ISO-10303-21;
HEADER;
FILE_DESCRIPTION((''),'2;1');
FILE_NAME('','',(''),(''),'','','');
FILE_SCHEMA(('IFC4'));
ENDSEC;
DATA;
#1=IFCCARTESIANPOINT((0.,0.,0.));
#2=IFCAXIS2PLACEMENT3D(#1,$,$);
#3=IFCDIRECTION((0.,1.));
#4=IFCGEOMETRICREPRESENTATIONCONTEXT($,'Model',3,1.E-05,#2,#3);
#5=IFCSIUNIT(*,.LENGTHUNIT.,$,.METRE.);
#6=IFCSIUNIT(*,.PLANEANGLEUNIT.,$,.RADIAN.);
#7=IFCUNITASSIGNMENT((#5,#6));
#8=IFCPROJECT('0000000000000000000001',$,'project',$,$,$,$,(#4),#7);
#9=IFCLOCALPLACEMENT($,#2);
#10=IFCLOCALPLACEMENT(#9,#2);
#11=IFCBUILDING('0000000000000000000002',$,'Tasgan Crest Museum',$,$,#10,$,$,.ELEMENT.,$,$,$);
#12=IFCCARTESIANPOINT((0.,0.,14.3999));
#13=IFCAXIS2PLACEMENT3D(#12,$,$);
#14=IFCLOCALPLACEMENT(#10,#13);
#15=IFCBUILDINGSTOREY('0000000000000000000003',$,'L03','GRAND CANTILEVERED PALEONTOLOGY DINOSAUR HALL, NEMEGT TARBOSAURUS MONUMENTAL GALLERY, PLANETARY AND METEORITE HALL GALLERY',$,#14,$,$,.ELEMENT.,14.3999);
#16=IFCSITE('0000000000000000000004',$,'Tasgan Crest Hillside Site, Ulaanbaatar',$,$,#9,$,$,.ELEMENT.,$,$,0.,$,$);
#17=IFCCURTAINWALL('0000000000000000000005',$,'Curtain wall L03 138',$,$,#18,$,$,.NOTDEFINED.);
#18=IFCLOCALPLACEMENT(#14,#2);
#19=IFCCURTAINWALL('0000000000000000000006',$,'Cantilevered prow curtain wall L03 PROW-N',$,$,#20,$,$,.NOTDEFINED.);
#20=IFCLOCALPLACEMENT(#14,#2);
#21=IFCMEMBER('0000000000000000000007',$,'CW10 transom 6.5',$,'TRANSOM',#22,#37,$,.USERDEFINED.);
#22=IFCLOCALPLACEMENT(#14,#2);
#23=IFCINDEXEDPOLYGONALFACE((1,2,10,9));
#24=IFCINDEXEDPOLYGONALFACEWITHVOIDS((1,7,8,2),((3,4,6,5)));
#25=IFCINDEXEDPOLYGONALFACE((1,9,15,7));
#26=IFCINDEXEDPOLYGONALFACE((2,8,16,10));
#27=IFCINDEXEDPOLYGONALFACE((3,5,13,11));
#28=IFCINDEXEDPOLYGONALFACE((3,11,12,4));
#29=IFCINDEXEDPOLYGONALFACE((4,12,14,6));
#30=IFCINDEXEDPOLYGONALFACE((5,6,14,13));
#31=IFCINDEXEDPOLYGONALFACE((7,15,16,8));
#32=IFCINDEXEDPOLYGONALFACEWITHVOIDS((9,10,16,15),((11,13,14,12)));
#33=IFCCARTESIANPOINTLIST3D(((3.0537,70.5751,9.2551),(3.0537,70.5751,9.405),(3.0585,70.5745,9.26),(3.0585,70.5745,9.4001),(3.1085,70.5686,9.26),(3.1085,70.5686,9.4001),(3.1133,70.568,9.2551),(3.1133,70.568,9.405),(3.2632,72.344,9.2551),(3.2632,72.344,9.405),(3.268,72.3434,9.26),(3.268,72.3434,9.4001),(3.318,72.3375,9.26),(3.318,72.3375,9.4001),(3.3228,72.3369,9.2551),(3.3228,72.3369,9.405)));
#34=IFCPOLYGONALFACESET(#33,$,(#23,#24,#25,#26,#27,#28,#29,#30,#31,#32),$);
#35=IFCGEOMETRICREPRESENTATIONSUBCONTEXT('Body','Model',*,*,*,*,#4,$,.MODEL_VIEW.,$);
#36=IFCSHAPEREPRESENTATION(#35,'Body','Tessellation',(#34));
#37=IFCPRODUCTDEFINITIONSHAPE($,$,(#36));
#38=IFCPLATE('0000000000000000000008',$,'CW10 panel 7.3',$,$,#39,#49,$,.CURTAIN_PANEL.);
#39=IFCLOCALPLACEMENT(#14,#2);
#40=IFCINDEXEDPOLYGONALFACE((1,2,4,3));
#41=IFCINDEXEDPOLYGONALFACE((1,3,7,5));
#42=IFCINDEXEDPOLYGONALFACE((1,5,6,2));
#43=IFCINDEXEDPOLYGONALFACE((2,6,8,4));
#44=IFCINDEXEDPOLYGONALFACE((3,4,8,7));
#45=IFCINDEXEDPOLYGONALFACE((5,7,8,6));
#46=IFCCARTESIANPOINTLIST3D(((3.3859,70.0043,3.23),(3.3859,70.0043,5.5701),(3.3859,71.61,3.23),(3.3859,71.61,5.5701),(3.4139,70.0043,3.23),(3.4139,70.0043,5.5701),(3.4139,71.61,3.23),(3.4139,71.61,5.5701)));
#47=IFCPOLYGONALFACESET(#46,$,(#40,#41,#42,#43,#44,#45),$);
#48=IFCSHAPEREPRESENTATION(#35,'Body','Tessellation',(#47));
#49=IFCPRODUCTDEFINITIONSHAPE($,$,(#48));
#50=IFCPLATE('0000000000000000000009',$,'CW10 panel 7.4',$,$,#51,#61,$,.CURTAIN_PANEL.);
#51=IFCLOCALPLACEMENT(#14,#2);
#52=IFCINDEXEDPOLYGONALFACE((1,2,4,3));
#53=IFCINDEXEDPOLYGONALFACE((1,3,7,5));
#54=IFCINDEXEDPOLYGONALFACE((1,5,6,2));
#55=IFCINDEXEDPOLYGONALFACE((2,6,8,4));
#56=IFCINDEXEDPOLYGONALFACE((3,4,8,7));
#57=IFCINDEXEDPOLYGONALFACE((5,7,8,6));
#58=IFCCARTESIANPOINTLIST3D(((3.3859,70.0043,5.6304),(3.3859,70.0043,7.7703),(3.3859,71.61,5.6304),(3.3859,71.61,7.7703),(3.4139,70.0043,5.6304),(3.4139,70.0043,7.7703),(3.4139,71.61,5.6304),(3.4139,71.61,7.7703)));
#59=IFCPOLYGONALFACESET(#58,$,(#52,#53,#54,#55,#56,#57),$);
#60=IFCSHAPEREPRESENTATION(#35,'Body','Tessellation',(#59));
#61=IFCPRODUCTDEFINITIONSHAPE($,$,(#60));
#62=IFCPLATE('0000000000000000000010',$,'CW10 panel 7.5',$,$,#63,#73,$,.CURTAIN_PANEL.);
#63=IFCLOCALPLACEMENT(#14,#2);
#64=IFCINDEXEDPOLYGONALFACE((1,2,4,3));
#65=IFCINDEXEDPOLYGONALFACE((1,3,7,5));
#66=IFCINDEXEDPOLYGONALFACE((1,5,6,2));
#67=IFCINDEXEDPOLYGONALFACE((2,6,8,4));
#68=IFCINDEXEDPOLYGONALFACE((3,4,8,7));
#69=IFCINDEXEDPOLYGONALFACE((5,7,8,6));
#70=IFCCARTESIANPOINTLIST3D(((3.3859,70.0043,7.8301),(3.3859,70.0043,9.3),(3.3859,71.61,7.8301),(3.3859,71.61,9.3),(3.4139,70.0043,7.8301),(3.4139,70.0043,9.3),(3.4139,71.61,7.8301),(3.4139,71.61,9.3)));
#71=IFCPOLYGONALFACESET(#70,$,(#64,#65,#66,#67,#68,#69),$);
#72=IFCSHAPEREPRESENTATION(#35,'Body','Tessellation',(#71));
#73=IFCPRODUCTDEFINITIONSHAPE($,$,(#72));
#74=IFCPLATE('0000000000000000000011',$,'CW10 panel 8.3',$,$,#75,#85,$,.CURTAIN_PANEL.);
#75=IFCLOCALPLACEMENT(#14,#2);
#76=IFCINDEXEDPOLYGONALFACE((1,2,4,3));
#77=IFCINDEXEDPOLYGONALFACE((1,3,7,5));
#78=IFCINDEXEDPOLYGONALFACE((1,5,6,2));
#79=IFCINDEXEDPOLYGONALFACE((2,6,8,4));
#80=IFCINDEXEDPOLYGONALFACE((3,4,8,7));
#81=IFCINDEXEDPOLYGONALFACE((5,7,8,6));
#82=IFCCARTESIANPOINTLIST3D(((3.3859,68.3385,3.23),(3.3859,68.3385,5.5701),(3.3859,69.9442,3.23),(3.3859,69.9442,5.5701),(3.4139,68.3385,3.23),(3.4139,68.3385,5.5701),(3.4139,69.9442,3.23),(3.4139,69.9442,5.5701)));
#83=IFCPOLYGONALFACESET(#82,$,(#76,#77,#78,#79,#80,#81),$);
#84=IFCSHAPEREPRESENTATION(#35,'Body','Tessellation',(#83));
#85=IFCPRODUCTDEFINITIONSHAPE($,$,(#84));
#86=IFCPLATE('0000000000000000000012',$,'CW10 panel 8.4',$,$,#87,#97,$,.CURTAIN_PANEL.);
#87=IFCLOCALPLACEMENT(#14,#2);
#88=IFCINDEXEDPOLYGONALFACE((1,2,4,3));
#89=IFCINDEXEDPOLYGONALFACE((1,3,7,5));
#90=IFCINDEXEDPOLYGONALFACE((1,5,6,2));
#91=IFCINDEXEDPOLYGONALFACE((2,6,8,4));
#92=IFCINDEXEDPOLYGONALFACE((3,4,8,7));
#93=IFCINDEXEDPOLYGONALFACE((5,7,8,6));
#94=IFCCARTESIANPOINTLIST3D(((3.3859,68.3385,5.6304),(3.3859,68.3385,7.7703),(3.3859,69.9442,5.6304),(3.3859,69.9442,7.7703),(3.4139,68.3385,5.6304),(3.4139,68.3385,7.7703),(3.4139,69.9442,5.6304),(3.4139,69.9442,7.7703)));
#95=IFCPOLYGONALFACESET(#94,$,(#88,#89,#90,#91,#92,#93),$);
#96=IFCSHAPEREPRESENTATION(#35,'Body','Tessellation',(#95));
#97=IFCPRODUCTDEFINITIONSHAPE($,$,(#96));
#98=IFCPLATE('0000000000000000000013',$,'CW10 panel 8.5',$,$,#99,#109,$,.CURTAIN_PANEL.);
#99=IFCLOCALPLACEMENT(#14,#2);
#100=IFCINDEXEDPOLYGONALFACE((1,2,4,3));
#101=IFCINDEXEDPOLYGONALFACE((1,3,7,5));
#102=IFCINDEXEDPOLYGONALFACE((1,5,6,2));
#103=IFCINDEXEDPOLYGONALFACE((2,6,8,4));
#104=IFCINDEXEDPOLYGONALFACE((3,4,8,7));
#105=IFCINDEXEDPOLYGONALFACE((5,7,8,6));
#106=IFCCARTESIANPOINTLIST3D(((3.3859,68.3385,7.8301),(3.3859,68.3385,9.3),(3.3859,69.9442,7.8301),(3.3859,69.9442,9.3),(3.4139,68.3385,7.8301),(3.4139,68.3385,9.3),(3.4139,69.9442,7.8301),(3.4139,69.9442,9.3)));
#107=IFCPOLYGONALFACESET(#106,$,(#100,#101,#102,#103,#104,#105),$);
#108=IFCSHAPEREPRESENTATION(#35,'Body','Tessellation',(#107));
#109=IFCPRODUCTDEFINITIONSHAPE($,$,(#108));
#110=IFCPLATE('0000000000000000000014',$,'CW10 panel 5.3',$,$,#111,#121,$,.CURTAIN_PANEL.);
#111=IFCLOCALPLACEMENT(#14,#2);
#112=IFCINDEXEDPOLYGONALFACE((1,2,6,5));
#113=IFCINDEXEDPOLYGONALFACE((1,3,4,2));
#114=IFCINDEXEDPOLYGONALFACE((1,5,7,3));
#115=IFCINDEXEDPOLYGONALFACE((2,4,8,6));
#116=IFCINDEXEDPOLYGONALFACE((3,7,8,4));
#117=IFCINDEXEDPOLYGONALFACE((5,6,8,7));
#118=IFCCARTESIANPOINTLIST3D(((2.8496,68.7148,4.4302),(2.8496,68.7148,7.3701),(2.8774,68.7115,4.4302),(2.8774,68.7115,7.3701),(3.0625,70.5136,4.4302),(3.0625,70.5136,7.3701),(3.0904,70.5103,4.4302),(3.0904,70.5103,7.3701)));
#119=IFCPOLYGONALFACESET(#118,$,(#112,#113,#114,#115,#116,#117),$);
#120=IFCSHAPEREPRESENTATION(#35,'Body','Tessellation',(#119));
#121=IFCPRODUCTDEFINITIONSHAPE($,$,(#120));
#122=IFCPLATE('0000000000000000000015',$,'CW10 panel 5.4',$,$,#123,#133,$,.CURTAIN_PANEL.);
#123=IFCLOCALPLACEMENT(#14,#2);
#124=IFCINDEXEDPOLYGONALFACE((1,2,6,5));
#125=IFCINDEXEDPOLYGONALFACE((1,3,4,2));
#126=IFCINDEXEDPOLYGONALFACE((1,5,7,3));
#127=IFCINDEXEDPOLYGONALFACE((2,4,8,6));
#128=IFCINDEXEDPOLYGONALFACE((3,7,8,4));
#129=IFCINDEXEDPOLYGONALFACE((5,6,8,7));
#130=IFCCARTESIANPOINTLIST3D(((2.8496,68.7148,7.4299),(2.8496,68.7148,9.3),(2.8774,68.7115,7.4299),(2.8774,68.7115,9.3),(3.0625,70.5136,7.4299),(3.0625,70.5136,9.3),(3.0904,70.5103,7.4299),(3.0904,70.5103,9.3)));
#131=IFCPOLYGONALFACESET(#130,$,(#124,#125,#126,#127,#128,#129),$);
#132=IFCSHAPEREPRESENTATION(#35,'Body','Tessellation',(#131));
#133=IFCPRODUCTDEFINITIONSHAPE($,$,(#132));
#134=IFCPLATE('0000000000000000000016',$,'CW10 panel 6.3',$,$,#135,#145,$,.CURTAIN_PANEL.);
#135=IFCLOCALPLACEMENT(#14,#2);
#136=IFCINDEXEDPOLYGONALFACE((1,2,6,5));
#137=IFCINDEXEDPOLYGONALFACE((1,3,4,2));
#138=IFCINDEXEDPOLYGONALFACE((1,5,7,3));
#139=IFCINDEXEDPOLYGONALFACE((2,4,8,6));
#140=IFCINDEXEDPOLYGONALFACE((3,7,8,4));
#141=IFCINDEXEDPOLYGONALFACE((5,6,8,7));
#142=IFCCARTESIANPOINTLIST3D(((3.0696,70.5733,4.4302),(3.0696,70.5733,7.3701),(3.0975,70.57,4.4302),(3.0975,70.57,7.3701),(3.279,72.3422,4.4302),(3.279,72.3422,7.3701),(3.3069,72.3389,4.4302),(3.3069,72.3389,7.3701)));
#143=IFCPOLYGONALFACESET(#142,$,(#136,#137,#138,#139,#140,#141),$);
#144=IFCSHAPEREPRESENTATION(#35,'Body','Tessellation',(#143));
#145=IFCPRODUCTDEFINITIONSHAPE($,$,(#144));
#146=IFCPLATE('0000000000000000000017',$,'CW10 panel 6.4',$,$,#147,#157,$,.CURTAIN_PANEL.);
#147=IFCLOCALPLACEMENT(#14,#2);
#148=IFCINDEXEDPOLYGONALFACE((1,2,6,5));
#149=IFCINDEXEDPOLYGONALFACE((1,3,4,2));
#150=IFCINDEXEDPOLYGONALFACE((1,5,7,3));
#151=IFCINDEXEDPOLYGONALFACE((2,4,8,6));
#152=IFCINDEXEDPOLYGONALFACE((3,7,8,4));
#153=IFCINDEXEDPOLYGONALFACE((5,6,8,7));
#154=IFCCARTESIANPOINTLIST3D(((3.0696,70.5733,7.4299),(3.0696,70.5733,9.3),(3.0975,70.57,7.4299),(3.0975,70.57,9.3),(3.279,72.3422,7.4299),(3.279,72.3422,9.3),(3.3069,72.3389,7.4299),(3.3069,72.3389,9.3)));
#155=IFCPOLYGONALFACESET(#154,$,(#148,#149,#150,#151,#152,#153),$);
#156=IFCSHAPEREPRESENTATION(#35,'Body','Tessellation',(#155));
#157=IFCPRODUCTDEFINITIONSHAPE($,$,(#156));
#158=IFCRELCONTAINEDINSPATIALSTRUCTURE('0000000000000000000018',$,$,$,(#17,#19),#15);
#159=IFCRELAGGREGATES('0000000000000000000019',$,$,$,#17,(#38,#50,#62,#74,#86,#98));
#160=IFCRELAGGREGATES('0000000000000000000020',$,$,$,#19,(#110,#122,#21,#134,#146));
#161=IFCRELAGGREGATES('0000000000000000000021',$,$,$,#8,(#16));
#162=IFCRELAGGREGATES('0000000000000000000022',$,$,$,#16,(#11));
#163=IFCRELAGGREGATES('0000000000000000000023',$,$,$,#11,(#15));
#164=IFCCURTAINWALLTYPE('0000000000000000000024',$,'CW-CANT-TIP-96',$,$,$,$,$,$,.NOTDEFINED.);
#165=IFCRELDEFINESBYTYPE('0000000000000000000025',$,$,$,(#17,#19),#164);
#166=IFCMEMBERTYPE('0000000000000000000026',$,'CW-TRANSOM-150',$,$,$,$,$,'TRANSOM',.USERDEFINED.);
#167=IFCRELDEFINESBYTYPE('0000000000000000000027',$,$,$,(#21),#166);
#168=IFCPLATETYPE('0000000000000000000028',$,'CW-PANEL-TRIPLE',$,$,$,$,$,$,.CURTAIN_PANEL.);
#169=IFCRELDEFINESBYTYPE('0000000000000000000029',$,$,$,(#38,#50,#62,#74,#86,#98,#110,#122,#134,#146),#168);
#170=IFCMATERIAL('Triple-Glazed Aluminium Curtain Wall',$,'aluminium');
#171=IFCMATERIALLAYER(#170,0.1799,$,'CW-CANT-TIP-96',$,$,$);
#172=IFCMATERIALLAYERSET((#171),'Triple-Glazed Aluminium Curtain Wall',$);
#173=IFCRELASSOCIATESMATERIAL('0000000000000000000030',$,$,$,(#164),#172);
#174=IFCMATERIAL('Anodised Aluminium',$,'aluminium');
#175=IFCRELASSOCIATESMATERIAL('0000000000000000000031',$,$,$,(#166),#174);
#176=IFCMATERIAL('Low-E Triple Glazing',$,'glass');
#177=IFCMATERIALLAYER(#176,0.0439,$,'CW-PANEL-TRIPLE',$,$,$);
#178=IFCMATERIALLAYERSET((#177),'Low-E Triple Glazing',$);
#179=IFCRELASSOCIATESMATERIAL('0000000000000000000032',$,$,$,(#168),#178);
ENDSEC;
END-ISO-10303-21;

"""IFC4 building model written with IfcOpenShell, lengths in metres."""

from ifc_helpers import new_model, si_unit, direction, frame, origin, origin_2d, place, context, subcontext, project, spatial, rectangle, hollow_rectangle, extrude, material, layer, layer_set, material_profile, profile_set, type_object, element, aggregate, save


model = new_model("IFC4")

# Units and contexts
model_context = context("Model", 3, precision=1e-05, world=origin(), true_north=direction((0.0, 1.0)))
body_context = subcontext(model_context, "Body", "Model", "MODEL_VIEW")
ifc_project = project(units=[si_unit("LENGTHUNIT", "METRE"), si_unit("PLANEANGLEUNIT", "RADIAN")], contexts=[model_context])

# Site, building, storey
site_placement = place(None, origin())
site = spatial("IfcSite", under=ifc_project, at=site_placement, Name="Tasgan Crest Hillside Site, Ulaanbaatar", CompositionType="ELEMENT", RefElevation=0.0)
building_placement = place(site_placement, origin())
building = spatial("IfcBuilding", under=site, at=building_placement, Name="Tasgan Crest Museum", CompositionType="ELEMENT")
storey_placement = place(building_placement, frame((0.0, 0.0, 14.3999)))
storey = spatial("IfcBuildingStorey", under=building, at=storey_placement, Name="L03", Description="GRAND CANTILEVERED PALEONTOLOGY DINOSAUR HALL, NEMEGT TARBOSAURUS MONUMENTAL GALLERY, PLANETARY AND METEORITE HALL GALLERY", CompositionType="ELEMENT", Elevation=14.3999)

# Curtain walls, member
ifc_material_1 = material(Name="Triple-Glazed Aluminium Curtain Wall", Category="aluminium")
ifc_layer_1 = layer(ifc_material_1, 0.1799, Name="CW-CANT-TIP-96")
ifc_layer_set_1 = layer_set([ifc_layer_1], Name="Triple-Glazed Aluminium Curtain Wall")
curtain_wall_type = type_object("IfcCurtainWallType", Name="CW-CANT-TIP-96", PredefinedType="NOTDEFINED", material=ifc_layer_set_1)
curtain_wall_1_placement = place(storey_placement, origin())
curtain_wall_1 = element("IfcCurtainWall", 1, at=curtain_wall_1_placement, inside=storey, type_object=curtain_wall_type, Name="Curtain wall L03 138", PredefinedType="NOTDEFINED")
ifc_material_2 = material(Name="Anodised Aluminium", Category="aluminium")
ifc_material_profile = material_profile(ifc_material_2, hollow_rectangle(XDim=0.0601, YDim=0.1499, WallThickness=0.0049, at=origin_2d()), Name="ALU TRANSOM 150x60x5")
ifc_profile_set = profile_set([ifc_material_profile], Name="Anodised Aluminium")
member_type = type_object("IfcMemberType", Name="CW-TRANSOM-150", ElementType="TRANSOM", PredefinedType="USERDEFINED", material=ifc_profile_set)
curtain_wall_2_placement = place(storey_placement, origin())
curtain_wall_2 = element("IfcCurtainWall", 2, at=curtain_wall_2_placement, inside=storey, type_object=curtain_wall_type, Name="Cantilevered prow curtain wall L03 PROW-N", PredefinedType="NOTDEFINED")
member_1_placement = place(storey_placement, frame((3.0835, 70.5715, 9.3301), z_axis=(0.117605, 0.99306, 0.0), x_axis=(-0.99306, 0.117605, 0.0)))
member_1 = element("IfcMember", 3, at=member_1_placement, type_object=member_type, Name="CW10 transom 6.5", ObjectType="TRANSOM", PredefinedType="USERDEFINED", context=body_context, shape_type="SweptSolid", body=[
    extrude(hollow_rectangle(XDim=0.0601, YDim=0.1499, WallThickness=0.0049, at=origin_2d()), origin(), (0.0, 0.0, 1.0), 1.7812),
])

# Plates
ifc_material_3 = material(Name="Low-E Triple Glazing", Category="glass")
ifc_layer_2 = layer(ifc_material_3, 0.0439, Name="CW-PANEL-TRIPLE")
ifc_layer_set_2 = layer_set([ifc_layer_2], Name="Low-E Triple Glazing")
plate_type = type_object("IfcPlateType", Name="CW-PANEL-TRIPLE", PredefinedType="CURTAIN_PANEL", material=ifc_layer_set_2)
plate_1_placement = place(storey_placement, frame((3.3999, 70.8071, 3.23), z_axis=(0.0, 0.0, 1.0), x_axis=(0.0, -1.0, 0.0)))
plate_1 = element("IfcPlate", 4, at=plate_1_placement, type_object=plate_type, Name="CW10 panel 7.3", PredefinedType="CURTAIN_PANEL", context=body_context, shape_type="SweptSolid", body=[
    extrude(rectangle(XDim=1.6057, YDim=0.0281, at=origin_2d()), origin(), (0.0, 0.0, 1.0), 2.3401),
])
plate_2_placement = place(storey_placement, frame((3.3999, 70.8071, 5.6304), z_axis=(0.0, 0.0, 1.0), x_axis=(0.0, -1.0, 0.0)))
plate_2 = element("IfcPlate", 5, at=plate_2_placement, type_object=plate_type, Name="CW10 panel 7.4", PredefinedType="CURTAIN_PANEL", context=body_context, shape_type="SweptSolid", body=[
    extrude(rectangle(XDim=1.6057, YDim=0.0281, at=origin_2d()), origin(), (0.0, 0.0, 1.0), 2.1399),
])
plate_3_placement = place(storey_placement, frame((3.3999, 70.8071, 7.8301), z_axis=(0.0, 0.0, 1.0), x_axis=(0.0, -1.0, 0.0)))
plate_3 = element("IfcPlate", 6, at=plate_3_placement, type_object=plate_type, Name="CW10 panel 7.5", PredefinedType="CURTAIN_PANEL", context=body_context, shape_type="SweptSolid", body=[
    extrude(rectangle(XDim=1.6057, YDim=0.0281, at=origin_2d()), origin(), (0.0, 0.0, 1.0), 1.47),
])
plate_4_placement = place(storey_placement, frame((3.3999, 69.1414, 3.23), z_axis=(0.0, 0.0, 1.0), x_axis=(0.0, -1.0, 0.0)))
plate_4 = element("IfcPlate", 7, at=plate_4_placement, type_object=plate_type, Name="CW10 panel 8.3", PredefinedType="CURTAIN_PANEL", context=body_context, shape_type="SweptSolid", body=[
    extrude(rectangle(XDim=1.6057, YDim=0.0281, at=origin_2d()), origin(), (0.0, 0.0, 1.0), 2.3401),
])
plate_5_placement = place(storey_placement, frame((3.3999, 69.1414, 5.6304), z_axis=(0.0, 0.0, 1.0), x_axis=(0.0, -1.0, 0.0)))
plate_5 = element("IfcPlate", 8, at=plate_5_placement, type_object=plate_type, Name="CW10 panel 8.4", PredefinedType="CURTAIN_PANEL", context=body_context, shape_type="SweptSolid", body=[
    extrude(rectangle(XDim=1.6057, YDim=0.0281, at=origin_2d()), origin(), (0.0, 0.0, 1.0), 2.1399),
])
plate_6_placement = place(storey_placement, frame((3.3999, 69.1414, 7.8301), z_axis=(0.0, 0.0, 1.0), x_axis=(0.0, -1.0, 0.0)))
plate_6 = element("IfcPlate", 9, at=plate_6_placement, type_object=plate_type, Name="CW10 panel 8.5", PredefinedType="CURTAIN_PANEL", context=body_context, shape_type="SweptSolid", body=[
    extrude(rectangle(XDim=1.6057, YDim=0.0281, at=origin_2d()), origin(), (0.0, 0.0, 1.0), 1.47),
])
aggregate(curtain_wall_1, [plate_1, plate_2, plate_3, plate_4, plate_5, plate_6])
plate_7_placement = place(storey_placement, frame((2.97, 69.6125, 4.4302), z_axis=(0.0, 0.0, 1.0), x_axis=(0.117565, 0.993065, 0.0)))
plate_7 = element("IfcPlate", 10, at=plate_7_placement, type_object=plate_type, Name="CW10 panel 5.3", PredefinedType="CURTAIN_PANEL", context=body_context, shape_type="SweptSolid", body=[
    extrude(rectangle(XDim=1.8113, YDim=0.0281, at=origin_2d()), origin(), (0.0, 0.0, 1.0), 2.9399),
])
plate_8_placement = place(storey_placement, frame((2.97, 69.6125, 7.4299), z_axis=(0.0, 0.0, 1.0), x_axis=(0.117565, 0.993065, 0.0)))
plate_8 = element("IfcPlate", 11, at=plate_8_placement, type_object=plate_type, Name="CW10 panel 5.4", PredefinedType="CURTAIN_PANEL", context=body_context, shape_type="SweptSolid", body=[
    extrude(rectangle(XDim=1.8113, YDim=0.0281, at=origin_2d()), origin(), (0.0, 0.0, 1.0), 1.8701),
])
plate_9_placement = place(storey_placement, frame((3.1882, 71.4561, 4.4302), z_axis=(0.0, 0.0, 1.0), x_axis=(0.117565, 0.993065, 0.0)))
plate_9 = element("IfcPlate", 12, at=plate_9_placement, type_object=plate_type, Name="CW10 panel 6.3", PredefinedType="CURTAIN_PANEL", context=body_context, shape_type="SweptSolid", body=[
    extrude(rectangle(XDim=1.7812, YDim=0.0281, at=origin_2d()), origin(), (0.0, 0.0, 1.0), 2.9399),
])
plate_10_placement = place(storey_placement, frame((3.1882, 71.4561, 7.4299), z_axis=(0.0, 0.0, 1.0), x_axis=(0.117565, 0.993065, 0.0)))
plate_10 = element("IfcPlate", 13, at=plate_10_placement, type_object=plate_type, Name="CW10 panel 6.4", PredefinedType="CURTAIN_PANEL", context=body_context, shape_type="SweptSolid", body=[
    extrude(rectangle(XDim=1.7812, YDim=0.0281, at=origin_2d()), origin(), (0.0, 0.0, 1.0), 1.8701),
])
aggregate(curtain_wall_2, [plate_7, plate_8, member_1, plate_9, plate_10])

save(model, "model.ifc")
